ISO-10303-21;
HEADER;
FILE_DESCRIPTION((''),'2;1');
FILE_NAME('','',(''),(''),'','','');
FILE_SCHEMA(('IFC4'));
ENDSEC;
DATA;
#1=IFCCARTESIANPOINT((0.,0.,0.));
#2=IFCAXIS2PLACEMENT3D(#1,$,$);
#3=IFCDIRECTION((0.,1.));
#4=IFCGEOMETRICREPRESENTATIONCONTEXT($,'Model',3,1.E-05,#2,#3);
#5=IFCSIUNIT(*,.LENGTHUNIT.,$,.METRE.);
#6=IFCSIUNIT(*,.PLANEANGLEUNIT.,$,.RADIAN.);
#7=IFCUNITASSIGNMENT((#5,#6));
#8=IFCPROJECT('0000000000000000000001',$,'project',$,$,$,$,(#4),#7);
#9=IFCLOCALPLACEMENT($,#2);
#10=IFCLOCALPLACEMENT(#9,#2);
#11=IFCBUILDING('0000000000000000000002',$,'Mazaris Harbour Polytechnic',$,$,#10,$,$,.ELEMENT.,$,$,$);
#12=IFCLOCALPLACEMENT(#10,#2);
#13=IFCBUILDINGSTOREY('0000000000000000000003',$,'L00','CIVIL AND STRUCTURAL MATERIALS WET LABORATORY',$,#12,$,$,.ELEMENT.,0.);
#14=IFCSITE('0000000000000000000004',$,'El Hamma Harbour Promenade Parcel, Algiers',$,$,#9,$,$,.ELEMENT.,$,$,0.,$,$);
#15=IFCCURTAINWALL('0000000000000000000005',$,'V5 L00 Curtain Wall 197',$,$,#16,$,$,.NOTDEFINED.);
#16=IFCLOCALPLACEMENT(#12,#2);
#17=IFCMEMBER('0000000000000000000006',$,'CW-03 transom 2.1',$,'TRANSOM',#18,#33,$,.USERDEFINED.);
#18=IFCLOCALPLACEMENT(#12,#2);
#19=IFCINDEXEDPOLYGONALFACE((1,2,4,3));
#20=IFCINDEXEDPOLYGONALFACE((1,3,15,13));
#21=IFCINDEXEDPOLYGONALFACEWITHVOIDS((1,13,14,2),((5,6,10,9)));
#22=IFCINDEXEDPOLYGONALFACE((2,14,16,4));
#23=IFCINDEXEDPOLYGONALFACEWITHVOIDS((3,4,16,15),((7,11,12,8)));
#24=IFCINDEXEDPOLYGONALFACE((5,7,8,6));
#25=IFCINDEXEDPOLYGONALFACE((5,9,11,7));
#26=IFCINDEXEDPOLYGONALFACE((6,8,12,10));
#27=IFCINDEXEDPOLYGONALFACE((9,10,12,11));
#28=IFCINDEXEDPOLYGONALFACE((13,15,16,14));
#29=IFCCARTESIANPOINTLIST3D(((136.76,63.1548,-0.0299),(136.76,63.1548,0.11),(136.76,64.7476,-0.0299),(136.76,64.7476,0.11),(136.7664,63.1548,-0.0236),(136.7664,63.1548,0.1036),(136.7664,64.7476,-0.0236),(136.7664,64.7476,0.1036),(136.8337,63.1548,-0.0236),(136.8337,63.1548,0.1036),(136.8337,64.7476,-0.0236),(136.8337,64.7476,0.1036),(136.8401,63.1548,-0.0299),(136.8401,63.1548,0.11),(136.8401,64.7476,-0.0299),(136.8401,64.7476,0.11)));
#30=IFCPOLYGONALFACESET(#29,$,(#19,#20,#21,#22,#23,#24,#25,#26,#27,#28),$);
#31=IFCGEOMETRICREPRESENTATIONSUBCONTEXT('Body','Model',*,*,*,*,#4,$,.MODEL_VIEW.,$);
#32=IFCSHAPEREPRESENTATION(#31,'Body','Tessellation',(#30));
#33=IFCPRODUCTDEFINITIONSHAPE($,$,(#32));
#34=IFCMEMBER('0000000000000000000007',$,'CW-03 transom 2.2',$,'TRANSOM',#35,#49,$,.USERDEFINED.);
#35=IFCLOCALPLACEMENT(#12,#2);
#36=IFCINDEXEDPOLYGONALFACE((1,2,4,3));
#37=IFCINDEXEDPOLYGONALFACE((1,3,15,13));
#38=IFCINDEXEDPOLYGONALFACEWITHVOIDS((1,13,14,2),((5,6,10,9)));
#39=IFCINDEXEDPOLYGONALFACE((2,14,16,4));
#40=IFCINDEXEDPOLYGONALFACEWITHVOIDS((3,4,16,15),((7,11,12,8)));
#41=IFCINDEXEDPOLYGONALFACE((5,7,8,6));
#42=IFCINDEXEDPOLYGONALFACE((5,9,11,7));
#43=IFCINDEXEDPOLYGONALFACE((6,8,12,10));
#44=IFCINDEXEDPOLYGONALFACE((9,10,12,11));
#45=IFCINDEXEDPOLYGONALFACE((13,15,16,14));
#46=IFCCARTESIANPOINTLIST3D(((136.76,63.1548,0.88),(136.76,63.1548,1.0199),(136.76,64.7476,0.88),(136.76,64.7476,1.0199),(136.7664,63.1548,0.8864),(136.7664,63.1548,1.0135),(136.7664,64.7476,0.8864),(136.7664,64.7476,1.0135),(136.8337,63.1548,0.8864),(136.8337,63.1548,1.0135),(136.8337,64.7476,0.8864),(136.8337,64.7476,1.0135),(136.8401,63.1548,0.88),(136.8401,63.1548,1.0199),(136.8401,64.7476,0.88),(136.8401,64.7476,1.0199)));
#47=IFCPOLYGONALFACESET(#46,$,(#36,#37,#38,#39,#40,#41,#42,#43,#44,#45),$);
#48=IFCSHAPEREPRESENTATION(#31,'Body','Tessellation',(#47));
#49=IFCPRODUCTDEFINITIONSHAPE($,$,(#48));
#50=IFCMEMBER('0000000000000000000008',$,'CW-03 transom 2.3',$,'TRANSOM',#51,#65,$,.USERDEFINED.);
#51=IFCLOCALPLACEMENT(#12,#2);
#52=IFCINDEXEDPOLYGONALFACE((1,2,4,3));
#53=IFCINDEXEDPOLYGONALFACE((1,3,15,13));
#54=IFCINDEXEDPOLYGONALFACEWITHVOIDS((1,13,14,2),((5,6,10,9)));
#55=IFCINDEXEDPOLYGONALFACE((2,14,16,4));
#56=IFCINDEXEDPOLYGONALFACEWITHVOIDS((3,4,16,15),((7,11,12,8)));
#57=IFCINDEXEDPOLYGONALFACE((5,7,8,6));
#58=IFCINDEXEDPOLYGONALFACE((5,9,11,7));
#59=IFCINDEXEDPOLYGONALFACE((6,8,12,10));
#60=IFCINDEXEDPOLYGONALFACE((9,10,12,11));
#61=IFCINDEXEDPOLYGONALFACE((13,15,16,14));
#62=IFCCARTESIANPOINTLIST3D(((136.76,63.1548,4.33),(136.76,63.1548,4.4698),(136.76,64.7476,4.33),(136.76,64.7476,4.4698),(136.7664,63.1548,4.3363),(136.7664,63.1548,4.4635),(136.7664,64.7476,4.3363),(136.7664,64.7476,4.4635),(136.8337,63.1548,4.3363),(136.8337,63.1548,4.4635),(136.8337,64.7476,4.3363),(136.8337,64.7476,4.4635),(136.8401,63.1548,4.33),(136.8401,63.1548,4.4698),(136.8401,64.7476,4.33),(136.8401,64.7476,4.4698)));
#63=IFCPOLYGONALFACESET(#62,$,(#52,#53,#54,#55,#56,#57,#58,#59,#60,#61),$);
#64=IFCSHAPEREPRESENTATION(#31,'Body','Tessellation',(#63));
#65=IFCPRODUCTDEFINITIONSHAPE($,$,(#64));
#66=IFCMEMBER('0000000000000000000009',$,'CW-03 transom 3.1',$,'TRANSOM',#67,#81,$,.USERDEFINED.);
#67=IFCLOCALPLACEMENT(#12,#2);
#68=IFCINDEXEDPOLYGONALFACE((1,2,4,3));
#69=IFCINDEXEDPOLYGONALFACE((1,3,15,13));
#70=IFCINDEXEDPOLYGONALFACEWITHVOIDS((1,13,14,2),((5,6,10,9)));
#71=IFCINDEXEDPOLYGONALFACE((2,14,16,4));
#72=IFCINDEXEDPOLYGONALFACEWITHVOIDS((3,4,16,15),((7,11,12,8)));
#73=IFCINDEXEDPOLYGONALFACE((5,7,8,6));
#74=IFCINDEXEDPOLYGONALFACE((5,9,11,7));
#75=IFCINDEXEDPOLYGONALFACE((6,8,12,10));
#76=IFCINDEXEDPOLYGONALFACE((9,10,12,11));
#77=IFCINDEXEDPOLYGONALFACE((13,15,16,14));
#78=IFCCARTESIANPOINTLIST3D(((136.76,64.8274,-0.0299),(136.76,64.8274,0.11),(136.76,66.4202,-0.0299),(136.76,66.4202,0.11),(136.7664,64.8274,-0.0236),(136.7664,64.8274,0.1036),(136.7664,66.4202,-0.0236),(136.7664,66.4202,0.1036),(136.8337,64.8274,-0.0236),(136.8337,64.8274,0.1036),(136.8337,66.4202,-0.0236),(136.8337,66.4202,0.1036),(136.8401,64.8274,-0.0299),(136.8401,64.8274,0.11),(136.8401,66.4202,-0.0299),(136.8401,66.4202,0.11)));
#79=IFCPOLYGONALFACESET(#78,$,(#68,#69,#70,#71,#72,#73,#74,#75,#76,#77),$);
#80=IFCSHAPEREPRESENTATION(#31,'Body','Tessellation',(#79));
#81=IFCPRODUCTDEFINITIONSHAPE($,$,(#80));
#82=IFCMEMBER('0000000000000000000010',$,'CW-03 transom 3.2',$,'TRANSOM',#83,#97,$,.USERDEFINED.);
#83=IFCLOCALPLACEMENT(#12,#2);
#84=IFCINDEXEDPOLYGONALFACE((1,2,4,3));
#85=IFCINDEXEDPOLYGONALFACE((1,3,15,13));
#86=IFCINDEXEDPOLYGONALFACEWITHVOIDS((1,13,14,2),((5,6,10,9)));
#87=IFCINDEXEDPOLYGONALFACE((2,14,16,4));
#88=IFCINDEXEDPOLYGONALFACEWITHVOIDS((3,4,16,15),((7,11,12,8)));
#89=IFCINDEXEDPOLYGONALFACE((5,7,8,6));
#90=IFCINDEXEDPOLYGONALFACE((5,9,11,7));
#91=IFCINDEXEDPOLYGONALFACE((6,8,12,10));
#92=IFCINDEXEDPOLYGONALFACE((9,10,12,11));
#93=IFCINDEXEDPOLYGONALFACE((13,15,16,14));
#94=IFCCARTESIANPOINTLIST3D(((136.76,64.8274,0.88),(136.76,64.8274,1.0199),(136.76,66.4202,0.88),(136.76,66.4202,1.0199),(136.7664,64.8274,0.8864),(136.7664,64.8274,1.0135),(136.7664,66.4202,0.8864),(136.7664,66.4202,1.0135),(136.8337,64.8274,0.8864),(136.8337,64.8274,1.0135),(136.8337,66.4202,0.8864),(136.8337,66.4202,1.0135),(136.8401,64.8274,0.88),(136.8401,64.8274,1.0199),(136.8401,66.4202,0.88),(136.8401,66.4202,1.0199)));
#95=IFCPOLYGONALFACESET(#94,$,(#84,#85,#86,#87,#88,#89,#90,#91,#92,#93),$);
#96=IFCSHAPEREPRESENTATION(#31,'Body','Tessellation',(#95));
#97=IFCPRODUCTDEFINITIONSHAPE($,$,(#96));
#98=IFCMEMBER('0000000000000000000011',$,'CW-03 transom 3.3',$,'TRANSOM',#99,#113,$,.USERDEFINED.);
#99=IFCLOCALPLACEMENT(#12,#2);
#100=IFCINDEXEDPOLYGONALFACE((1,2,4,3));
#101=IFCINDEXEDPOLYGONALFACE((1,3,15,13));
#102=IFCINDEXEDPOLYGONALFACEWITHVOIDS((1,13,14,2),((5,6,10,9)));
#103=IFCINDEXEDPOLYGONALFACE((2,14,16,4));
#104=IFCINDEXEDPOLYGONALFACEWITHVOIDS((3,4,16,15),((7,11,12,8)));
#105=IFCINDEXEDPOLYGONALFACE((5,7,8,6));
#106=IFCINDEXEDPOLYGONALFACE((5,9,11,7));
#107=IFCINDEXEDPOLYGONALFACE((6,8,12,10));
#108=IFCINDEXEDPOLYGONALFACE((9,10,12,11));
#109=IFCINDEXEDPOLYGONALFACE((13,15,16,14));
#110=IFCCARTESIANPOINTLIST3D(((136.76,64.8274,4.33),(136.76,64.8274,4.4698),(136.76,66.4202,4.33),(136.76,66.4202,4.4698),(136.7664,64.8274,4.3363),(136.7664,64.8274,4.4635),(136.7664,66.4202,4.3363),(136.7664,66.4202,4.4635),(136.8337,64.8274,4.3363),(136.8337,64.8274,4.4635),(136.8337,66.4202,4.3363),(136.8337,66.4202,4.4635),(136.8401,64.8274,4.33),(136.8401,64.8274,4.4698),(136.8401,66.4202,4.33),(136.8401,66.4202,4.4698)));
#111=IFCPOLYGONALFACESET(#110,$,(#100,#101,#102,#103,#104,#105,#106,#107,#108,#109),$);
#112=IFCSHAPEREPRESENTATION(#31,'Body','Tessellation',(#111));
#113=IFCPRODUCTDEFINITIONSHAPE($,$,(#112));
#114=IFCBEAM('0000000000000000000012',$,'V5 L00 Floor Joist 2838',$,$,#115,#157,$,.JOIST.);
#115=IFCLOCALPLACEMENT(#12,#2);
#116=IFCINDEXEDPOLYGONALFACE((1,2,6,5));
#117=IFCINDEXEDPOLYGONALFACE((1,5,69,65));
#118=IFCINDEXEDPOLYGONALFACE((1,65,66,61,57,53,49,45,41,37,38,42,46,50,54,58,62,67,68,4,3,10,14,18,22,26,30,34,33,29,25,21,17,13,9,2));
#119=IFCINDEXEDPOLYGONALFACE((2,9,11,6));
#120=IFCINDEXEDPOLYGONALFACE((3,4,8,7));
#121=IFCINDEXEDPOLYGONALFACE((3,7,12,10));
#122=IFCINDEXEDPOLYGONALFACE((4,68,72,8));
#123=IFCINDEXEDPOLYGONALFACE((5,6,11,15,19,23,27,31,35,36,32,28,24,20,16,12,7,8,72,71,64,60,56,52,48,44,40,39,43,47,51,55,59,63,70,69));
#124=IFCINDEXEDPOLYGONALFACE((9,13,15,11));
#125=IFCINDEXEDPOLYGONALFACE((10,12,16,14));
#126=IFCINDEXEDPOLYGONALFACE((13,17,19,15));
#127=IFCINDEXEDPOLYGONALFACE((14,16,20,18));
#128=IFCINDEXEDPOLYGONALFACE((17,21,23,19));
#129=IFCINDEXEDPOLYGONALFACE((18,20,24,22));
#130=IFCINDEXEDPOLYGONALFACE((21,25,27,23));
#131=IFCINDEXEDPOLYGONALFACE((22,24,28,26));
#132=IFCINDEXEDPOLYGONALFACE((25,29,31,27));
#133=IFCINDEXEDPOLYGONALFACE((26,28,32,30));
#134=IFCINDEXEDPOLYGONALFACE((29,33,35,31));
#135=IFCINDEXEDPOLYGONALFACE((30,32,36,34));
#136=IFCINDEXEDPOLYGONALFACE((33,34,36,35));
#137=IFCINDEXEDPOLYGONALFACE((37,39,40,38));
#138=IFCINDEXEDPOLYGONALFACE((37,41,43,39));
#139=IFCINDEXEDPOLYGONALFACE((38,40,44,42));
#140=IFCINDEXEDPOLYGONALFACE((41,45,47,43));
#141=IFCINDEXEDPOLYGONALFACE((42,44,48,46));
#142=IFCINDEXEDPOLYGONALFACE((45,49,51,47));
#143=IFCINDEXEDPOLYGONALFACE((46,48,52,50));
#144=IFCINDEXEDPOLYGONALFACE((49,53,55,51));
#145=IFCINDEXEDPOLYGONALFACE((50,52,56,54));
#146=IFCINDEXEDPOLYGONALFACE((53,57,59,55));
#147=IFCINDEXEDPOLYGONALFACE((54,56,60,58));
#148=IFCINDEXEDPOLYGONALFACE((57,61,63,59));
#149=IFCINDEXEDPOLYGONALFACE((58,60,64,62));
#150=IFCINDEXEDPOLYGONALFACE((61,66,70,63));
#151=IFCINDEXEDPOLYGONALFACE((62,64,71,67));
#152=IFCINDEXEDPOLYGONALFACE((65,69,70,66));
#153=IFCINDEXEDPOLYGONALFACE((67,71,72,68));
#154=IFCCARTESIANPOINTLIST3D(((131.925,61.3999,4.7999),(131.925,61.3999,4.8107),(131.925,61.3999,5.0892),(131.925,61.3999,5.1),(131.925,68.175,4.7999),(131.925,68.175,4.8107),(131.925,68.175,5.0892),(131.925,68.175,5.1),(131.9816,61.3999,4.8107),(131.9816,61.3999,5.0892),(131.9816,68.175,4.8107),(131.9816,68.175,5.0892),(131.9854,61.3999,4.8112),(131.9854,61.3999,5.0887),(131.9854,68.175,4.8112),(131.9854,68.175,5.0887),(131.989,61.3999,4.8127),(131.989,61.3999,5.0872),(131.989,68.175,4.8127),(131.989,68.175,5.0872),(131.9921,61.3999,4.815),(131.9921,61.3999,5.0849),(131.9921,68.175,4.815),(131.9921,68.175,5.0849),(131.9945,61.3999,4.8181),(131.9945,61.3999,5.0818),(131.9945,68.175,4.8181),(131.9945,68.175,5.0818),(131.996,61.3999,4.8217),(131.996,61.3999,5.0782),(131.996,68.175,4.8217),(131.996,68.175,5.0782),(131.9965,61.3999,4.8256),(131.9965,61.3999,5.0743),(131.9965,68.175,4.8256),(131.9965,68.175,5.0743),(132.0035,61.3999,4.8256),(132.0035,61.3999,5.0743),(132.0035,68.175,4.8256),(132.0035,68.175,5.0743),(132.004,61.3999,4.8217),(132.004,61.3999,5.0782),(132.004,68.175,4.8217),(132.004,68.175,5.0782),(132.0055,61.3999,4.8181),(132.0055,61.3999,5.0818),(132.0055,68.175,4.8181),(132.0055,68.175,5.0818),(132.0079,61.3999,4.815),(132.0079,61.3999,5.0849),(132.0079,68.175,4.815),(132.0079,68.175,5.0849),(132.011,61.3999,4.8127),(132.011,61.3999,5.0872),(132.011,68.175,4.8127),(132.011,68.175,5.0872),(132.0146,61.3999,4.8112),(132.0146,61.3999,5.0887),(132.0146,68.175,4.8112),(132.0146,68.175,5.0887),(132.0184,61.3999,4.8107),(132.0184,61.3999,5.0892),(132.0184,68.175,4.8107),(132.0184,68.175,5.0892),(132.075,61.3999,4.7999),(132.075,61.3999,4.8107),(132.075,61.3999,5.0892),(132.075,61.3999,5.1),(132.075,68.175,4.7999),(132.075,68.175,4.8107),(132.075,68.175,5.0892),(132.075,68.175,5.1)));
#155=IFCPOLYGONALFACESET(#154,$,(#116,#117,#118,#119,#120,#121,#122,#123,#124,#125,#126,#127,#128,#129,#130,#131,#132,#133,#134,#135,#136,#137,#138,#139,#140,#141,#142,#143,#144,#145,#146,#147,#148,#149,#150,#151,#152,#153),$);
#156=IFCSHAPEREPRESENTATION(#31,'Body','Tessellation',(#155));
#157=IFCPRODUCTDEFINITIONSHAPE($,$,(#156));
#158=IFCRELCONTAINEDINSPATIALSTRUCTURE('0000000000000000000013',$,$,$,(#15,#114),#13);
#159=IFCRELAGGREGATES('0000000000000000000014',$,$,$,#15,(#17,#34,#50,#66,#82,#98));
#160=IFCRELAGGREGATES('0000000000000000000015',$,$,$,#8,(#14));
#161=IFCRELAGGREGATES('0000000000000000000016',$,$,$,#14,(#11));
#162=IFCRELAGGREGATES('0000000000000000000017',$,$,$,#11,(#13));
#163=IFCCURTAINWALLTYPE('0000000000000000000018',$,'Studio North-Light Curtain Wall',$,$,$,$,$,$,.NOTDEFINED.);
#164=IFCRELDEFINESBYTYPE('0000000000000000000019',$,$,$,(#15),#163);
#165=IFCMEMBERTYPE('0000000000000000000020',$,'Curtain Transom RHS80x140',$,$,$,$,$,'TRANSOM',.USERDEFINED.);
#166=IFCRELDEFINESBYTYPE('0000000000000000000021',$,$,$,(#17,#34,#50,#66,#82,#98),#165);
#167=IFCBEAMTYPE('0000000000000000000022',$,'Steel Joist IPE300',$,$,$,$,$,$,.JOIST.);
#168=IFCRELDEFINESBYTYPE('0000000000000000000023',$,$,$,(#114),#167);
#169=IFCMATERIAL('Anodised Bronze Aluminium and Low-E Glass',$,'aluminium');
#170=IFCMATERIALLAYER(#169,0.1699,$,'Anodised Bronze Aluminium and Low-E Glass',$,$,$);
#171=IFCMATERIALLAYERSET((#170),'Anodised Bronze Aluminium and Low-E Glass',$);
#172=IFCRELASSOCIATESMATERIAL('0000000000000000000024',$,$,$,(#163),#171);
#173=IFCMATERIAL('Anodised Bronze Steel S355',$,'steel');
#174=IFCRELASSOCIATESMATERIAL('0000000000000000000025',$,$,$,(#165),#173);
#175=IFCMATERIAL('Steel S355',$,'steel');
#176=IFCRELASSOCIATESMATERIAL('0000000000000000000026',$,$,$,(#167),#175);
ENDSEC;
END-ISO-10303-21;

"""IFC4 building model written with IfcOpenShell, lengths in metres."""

from ifc_helpers import new_model, si_unit, direction, frame, origin, origin_2d, place, context, subcontext, project, spatial, hollow_rectangle, i_section, extrude, material, layer, layer_set, material_profile, profile_set, type_object, element, aggregate, save


model = new_model("IFC4")

# Units and contexts
model_context = context("Model", 3, precision=1e-05, world=origin(), true_north=direction((0.0, 1.0)))
body_context = subcontext(model_context, "Body", "Model", "MODEL_VIEW")
ifc_project = project(units=[si_unit("LENGTHUNIT", "METRE"), si_unit("PLANEANGLEUNIT", "RADIAN")], contexts=[model_context])

# Site, building, storey
site_placement = place(None, origin())
site = spatial("IfcSite", under=ifc_project, at=site_placement, Name="El Hamma Harbour Promenade Parcel, Algiers", CompositionType="ELEMENT", RefElevation=0.0)
building_placement = place(site_placement, origin())
building = spatial("IfcBuilding", under=site, at=building_placement, Name="Mazaris Harbour Polytechnic", CompositionType="ELEMENT")
storey_placement = place(building_placement, origin())
storey = spatial("IfcBuildingStorey", under=building, at=storey_placement, Name="L00", Description="CIVIL AND STRUCTURAL MATERIALS WET LABORATORY", CompositionType="ELEMENT", Elevation=0.0)

# Shared definitions
ifc_material_1 = material(Name="Anodised Bronze Aluminium and Low-E Glass", Category="aluminium")
ifc_layer_1 = layer(ifc_material_1, 0.1699, Name="Anodised Bronze Aluminium and Low-E Glass")
ifc_layer_set_1 = layer_set([ifc_layer_1], Name="Anodised Bronze Aluminium and Low-E Glass")
curtain_wall_type = type_object("IfcCurtainWallType", Name="Studio North-Light Curtain Wall", PredefinedType="NOTDEFINED", material=ifc_layer_set_1)

# Curtain wall
curtain_wall_1_placement = place(storey_placement, origin())
curtain_wall_1 = element("IfcCurtainWall", 1, at=curtain_wall_1_placement, inside=storey, type_object=curtain_wall_type, Name="V5 L00 Curtain Wall 197", PredefinedType="NOTDEFINED")

# Members
ifc_material_2 = material(Name="Anodised Bronze Steel S355", Category="steel")
ifc_material_profile_1 = material_profile(ifc_material_2, hollow_rectangle(XDim=0.0801, YDim=0.1399, WallThickness=0.0063, at=origin_2d()), Name="RHS 80x140x6.3")
ifc_profile_set_1 = profile_set([ifc_material_profile_1], Name="Anodised Bronze Steel S355")
member_type_1 = type_object("IfcMemberType", Name="Curtain Transom RHS80x140", ElementType="TRANSOM", PredefinedType="USERDEFINED", material=ifc_profile_set_1)
member_1_placement = place(storey_placement, frame((136.8, 63.1548, 0.04), z_axis=(0.0, 1.0, 0.0), x_axis=(-1.0, 0.0, 0.0)))
member_1 = element("IfcMember", 2, at=member_1_placement, type_object=member_type_1, Name="CW-03 transom 2.1", ObjectType="TRANSOM", PredefinedType="USERDEFINED", context=body_context, shape_type="SweptSolid", body=[
    extrude(hollow_rectangle(XDim=0.0801, YDim=0.1399, WallThickness=0.0063, at=origin_2d()), origin(), (0.0, 0.0, 1.0), 1.5928),
])
member_2_placement = place(storey_placement, frame((136.8, 63.1548, 0.95), z_axis=(0.0, 1.0, 0.0), x_axis=(-1.0, 0.0, 0.0)))
member_2 = element("IfcMember", 3, at=member_2_placement, type_object=member_type_1, Name="CW-03 transom 2.2", ObjectType="TRANSOM", PredefinedType="USERDEFINED", context=body_context, shape_type="SweptSolid", body=[
    extrude(hollow_rectangle(XDim=0.0801, YDim=0.1399, WallThickness=0.0063, at=origin_2d()), origin(), (0.0, 0.0, 1.0), 1.5928),
])
member_3_placement = place(storey_placement, frame((136.8, 63.1548, 4.3999), z_axis=(0.0, 1.0, 0.0), x_axis=(-1.0, 0.0, 0.0)))
member_3 = element("IfcMember", 4, at=member_3_placement, type_object=member_type_1, Name="CW-03 transom 2.3", ObjectType="TRANSOM", PredefinedType="USERDEFINED", context=body_context, shape_type="SweptSolid", body=[
    extrude(hollow_rectangle(XDim=0.0801, YDim=0.1399, WallThickness=0.0063, at=origin_2d()), origin(), (0.0, 0.0, 1.0), 1.5928),
])
member_4_placement = place(storey_placement, frame((136.8, 64.8274, 0.04), z_axis=(0.0, 1.0, 0.0), x_axis=(-1.0, 0.0, 0.0)))
member_4 = element("IfcMember", 5, at=member_4_placement, type_object=member_type_1, Name="CW-03 transom 3.1", ObjectType="TRANSOM", PredefinedType="USERDEFINED", context=body_context, shape_type="SweptSolid", body=[
    extrude(hollow_rectangle(XDim=0.0801, YDim=0.1399, WallThickness=0.0063, at=origin_2d()), origin(), (0.0, 0.0, 1.0), 1.5928),
])
member_5_placement = place(storey_placement, frame((136.8, 64.8274, 0.95), z_axis=(0.0, 1.0, 0.0), x_axis=(-1.0, 0.0, 0.0)))
member_5 = element("IfcMember", 6, at=member_5_placement, type_object=member_type_1, Name="CW-03 transom 3.2", ObjectType="TRANSOM", PredefinedType="USERDEFINED", context=body_context, shape_type="SweptSolid", body=[
    extrude(hollow_rectangle(XDim=0.0801, YDim=0.1399, WallThickness=0.0063, at=origin_2d()), origin(), (0.0, 0.0, 1.0), 1.5928),
])
member_6_placement = place(storey_placement, frame((136.8, 64.8274, 4.3999), z_axis=(0.0, 1.0, 0.0), x_axis=(-1.0, 0.0, 0.0)))
member_6 = element("IfcMember", 7, at=member_6_placement, type_object=member_type_1, Name="CW-03 transom 3.3", ObjectType="TRANSOM", PredefinedType="USERDEFINED", context=body_context, shape_type="SweptSolid", body=[
    extrude(hollow_rectangle(XDim=0.0801, YDim=0.1399, WallThickness=0.0063, at=origin_2d()), origin(), (0.0, 0.0, 1.0), 1.5928),
])

# Beam
ifc_material_3 = material(Name="Steel S355", Category="steel")
ifc_material_profile_2 = material_profile(ifc_material_3, i_section(OverallWidth=0.1499, OverallDepth=0.3, WebThickness=0.0071, FlangeThickness=0.0107, FilletRadius=0.0149, at=origin_2d()), Name="IPE 300")
ifc_profile_set_2 = profile_set([ifc_material_profile_2], Name="Steel S355")
beam_type_1 = type_object("IfcBeamType", Name="Steel Joist IPE300", PredefinedType="JOIST", material=ifc_profile_set_2)
beam_1_placement = place(storey_placement, frame((132.0, 61.3999, 4.95), z_axis=(0.0, 1.0, 0.0), x_axis=(-1.0, 0.0, 0.0)))
element("IfcBeam", 8, at=beam_1_placement, inside=storey, type_object=beam_type_1, Name="V5 L00 Floor Joist 2838", PredefinedType="JOIST", context=body_context, shape_type="SweptSolid", body=[
    extrude(i_section(OverallWidth=0.1499, OverallDepth=0.3, WebThickness=0.0071, FlangeThickness=0.0107, FilletRadius=0.0149, at=origin_2d()), origin(), (0.0, 0.0, 1.0), 6.7751),
])

aggregate(curtain_wall_1, [member_1, member_2, member_3, member_4, member_5, member_6])

save(model, "model.ifc")
